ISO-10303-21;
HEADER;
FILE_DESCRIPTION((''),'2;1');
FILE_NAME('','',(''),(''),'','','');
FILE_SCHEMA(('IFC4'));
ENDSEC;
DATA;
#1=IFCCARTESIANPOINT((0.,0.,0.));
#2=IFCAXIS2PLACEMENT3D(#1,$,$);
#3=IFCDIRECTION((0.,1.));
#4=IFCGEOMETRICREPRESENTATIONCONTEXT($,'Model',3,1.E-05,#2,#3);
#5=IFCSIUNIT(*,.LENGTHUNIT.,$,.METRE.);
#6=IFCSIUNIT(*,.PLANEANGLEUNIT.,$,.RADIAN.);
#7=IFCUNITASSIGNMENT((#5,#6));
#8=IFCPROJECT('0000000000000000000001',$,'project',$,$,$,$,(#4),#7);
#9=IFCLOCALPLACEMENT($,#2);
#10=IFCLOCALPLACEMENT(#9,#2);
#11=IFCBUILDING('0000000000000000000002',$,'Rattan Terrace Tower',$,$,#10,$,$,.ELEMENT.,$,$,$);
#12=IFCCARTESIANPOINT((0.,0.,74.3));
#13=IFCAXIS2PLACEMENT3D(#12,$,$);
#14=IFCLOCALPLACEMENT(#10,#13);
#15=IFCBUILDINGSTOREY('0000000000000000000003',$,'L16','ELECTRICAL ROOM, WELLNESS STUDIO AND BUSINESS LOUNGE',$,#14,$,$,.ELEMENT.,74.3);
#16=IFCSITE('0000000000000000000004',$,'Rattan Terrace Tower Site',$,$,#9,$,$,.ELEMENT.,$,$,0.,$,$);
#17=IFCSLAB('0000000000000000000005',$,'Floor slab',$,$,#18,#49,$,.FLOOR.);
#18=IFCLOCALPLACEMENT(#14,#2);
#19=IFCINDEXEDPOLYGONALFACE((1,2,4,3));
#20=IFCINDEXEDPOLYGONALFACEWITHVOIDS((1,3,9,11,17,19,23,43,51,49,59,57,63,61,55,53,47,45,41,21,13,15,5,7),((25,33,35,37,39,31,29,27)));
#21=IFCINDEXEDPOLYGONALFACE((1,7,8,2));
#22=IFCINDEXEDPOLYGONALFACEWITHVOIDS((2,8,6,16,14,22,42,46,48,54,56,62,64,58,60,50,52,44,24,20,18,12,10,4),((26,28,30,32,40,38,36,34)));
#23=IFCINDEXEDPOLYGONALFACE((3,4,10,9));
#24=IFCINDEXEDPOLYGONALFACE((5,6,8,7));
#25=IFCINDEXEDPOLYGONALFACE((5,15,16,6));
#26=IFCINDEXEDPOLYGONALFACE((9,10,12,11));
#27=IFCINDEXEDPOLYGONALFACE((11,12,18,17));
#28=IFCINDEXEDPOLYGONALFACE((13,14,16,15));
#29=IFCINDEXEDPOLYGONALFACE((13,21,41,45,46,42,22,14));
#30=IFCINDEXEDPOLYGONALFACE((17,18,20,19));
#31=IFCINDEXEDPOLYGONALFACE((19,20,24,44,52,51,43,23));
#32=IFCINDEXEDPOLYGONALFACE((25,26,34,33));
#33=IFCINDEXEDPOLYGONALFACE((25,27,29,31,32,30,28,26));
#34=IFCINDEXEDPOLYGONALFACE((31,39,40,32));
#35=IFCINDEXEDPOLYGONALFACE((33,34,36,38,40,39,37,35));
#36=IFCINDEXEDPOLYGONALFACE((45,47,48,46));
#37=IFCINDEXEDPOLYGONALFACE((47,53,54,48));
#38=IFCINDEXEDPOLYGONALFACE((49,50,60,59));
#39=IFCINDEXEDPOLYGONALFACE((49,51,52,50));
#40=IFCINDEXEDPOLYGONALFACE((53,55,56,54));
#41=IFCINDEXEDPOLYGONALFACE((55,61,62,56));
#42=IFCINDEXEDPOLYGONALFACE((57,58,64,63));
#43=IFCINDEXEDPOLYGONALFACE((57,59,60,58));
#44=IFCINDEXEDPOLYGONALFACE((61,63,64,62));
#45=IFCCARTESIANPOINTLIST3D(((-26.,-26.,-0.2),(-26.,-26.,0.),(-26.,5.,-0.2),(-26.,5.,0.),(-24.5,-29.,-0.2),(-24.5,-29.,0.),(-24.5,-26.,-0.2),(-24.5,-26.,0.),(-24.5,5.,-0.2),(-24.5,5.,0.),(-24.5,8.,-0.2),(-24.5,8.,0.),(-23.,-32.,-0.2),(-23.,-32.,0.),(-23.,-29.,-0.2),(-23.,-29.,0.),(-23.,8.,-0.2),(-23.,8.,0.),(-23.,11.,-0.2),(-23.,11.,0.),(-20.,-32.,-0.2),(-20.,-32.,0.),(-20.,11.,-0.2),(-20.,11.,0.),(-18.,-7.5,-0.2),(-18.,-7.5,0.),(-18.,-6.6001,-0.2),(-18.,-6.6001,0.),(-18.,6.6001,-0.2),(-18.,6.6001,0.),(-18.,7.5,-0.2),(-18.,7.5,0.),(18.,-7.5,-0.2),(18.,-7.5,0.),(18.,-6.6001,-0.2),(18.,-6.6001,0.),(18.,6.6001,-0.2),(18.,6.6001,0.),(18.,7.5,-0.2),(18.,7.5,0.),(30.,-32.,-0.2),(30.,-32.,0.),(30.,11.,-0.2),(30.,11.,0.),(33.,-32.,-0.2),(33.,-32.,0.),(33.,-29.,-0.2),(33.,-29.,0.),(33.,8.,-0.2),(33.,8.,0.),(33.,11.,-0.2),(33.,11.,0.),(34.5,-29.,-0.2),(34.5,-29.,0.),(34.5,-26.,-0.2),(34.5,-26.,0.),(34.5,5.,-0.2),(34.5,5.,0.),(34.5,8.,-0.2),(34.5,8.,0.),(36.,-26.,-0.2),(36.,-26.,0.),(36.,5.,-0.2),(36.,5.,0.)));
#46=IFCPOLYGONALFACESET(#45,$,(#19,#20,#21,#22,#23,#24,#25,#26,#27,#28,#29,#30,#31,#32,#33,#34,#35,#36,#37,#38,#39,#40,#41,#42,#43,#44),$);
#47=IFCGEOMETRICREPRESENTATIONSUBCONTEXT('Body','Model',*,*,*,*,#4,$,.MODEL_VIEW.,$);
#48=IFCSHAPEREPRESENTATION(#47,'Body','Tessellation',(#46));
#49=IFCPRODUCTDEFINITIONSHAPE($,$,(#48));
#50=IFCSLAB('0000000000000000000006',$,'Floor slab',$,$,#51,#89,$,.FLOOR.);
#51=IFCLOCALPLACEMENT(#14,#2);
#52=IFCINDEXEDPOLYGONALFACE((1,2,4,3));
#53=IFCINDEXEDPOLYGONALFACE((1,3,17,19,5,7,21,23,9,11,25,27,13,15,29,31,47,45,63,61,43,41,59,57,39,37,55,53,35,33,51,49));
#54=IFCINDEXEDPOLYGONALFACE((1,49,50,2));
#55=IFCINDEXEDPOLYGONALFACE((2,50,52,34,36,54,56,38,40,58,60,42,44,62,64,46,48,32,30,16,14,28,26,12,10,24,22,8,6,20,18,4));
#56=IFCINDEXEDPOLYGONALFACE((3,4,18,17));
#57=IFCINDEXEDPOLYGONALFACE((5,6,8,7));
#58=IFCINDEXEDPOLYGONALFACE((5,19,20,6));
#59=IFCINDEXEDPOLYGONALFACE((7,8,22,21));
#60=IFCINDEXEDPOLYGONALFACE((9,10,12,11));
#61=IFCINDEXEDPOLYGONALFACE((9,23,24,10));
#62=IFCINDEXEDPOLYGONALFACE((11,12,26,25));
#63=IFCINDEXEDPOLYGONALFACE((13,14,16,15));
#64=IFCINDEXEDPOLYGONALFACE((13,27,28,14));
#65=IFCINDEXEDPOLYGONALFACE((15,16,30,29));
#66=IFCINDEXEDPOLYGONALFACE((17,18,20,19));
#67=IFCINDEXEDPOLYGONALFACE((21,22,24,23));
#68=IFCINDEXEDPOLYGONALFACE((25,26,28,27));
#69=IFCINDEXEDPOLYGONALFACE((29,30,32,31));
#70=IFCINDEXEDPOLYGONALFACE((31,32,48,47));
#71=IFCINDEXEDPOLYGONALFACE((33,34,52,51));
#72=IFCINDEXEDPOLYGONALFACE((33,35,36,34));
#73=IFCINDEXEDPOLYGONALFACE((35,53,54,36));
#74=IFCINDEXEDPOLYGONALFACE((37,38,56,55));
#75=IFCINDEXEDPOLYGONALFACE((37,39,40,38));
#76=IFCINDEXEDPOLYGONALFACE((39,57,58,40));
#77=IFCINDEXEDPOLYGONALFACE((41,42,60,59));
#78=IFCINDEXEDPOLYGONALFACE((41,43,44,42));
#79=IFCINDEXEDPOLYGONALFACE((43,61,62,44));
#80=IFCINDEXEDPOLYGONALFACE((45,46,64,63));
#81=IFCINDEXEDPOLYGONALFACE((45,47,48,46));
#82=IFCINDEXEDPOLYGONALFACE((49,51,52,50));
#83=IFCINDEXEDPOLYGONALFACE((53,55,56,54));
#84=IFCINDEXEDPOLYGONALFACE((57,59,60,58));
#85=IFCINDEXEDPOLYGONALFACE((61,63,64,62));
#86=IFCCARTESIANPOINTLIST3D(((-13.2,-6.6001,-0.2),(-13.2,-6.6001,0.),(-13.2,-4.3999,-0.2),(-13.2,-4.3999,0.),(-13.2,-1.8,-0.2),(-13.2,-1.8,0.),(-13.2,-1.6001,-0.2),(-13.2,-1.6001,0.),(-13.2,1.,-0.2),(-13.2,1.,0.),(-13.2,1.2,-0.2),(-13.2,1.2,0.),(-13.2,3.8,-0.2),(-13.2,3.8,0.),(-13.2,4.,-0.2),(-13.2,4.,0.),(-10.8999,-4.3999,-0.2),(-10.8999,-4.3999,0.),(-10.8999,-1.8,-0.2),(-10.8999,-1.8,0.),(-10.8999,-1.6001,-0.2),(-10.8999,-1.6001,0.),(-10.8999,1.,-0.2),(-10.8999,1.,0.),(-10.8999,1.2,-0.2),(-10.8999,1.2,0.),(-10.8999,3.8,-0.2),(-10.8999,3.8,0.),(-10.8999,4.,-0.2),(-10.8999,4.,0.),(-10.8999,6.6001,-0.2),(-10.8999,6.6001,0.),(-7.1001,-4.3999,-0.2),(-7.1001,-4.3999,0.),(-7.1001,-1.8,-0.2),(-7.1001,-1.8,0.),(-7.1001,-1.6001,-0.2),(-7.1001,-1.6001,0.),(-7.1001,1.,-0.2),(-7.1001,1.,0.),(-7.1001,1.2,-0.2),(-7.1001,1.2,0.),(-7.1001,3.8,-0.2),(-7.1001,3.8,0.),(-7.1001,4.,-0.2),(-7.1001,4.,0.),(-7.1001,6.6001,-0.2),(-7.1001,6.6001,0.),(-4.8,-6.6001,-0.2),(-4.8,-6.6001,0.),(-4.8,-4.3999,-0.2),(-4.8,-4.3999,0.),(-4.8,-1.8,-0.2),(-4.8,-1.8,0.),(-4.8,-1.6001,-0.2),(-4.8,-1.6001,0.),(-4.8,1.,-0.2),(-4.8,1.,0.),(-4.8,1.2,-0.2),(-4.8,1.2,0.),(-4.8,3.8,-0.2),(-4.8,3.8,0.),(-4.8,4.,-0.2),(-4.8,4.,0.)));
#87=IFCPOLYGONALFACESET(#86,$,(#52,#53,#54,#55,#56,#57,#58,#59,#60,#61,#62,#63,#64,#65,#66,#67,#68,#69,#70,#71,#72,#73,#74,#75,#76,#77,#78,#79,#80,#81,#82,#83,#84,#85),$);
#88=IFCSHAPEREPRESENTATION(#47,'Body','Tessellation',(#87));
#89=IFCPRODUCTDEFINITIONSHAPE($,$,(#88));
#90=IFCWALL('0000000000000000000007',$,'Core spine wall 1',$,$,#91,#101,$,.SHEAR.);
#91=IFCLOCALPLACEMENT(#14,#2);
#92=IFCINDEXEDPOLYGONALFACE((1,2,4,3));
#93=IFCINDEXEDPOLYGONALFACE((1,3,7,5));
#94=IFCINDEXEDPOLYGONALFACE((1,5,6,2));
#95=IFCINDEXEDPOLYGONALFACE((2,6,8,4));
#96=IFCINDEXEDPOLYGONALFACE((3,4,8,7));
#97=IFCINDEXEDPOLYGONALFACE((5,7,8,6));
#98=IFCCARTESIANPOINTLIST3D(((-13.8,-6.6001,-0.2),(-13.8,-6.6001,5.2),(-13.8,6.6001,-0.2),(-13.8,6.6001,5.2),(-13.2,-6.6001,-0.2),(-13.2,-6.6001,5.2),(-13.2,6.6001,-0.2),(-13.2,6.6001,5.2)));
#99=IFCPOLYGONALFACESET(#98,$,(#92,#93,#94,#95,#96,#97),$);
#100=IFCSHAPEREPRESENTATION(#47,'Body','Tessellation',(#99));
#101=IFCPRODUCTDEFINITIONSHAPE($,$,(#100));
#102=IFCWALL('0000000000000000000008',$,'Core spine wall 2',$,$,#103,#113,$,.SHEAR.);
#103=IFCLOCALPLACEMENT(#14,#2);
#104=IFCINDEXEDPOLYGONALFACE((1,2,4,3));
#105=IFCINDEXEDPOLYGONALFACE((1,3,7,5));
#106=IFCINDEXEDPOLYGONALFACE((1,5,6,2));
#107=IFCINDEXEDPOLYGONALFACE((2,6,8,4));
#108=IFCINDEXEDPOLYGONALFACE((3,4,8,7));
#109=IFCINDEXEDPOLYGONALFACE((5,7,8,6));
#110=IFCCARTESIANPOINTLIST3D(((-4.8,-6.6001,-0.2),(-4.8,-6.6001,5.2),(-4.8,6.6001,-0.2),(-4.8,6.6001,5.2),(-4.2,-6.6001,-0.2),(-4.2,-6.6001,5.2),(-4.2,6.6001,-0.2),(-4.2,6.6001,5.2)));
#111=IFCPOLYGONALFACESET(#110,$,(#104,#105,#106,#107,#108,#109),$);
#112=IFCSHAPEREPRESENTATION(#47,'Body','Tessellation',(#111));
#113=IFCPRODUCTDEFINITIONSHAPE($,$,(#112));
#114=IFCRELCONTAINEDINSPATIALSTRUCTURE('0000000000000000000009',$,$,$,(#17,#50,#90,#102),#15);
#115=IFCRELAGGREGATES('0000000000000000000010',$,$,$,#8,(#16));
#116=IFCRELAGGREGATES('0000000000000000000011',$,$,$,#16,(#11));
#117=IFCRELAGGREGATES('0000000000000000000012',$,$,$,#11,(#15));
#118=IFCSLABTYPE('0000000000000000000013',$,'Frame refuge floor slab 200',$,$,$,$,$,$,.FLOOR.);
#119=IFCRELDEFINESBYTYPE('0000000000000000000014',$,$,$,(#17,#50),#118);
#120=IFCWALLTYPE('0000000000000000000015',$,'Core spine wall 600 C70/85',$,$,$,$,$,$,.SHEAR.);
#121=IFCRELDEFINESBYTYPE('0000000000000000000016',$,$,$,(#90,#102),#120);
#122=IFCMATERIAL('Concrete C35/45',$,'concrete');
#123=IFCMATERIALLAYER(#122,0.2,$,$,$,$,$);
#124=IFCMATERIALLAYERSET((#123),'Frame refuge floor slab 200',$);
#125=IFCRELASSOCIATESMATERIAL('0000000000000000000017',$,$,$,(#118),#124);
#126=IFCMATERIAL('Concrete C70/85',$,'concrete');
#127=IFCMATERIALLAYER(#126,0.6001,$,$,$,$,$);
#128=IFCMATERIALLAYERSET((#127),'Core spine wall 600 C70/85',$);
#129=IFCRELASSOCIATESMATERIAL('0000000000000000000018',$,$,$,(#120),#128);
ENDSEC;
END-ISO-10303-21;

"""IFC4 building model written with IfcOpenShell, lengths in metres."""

from ifc_helpers import new_model, si_unit, direction, frame, frame_2d, origin, place, context, subcontext, project, spatial, polyline, rectangle, outline, extrude, material, layer, layer_set, type_object, element, save


model = new_model("IFC4")

# Units and contexts
model_context = context("Model", 3, precision=1e-05, world=origin(), true_north=direction((0.0, 1.0)))
body_context = subcontext(model_context, "Body", "Model", "MODEL_VIEW")
ifc_project = project(units=[si_unit("LENGTHUNIT", "METRE"), si_unit("PLANEANGLEUNIT", "RADIAN")], contexts=[model_context])

# Site, building, storey
site_placement = place(None, origin())
site = spatial("IfcSite", under=ifc_project, at=site_placement, Name="Rattan Terrace Tower Site", CompositionType="ELEMENT", RefElevation=0.0)
building_placement = place(site_placement, origin())
building = spatial("IfcBuilding", under=site, at=building_placement, Name="Rattan Terrace Tower", CompositionType="ELEMENT")
storey_placement = place(building_placement, frame((0.0, 0.0, 74.3)))
storey = spatial("IfcBuildingStorey", under=building, at=storey_placement, Name="L16", Description="ELECTRICAL ROOM, WELLNESS STUDIO AND BUSINESS LOUNGE", CompositionType="ELEMENT", Elevation=74.3)

# Slabs
ifc_material_1 = material(Name="Concrete C35/45", Category="concrete")
ifc_layer_1 = layer(ifc_material_1, 0.2)
ifc_layer_set_1 = layer_set([ifc_layer_1], Name="Frame refuge floor slab 200")
slab_type = type_object("IfcSlabType", Name="Frame refuge floor slab 200", PredefinedType="FLOOR", material=ifc_layer_set_1)
slab_1_placement = place(storey_placement, frame((0.0, 0.0, -0.2)))
element("IfcSlab", 1, at=slab_1_placement, inside=storey, type_object=slab_type, Name="Floor slab", PredefinedType="FLOOR", context=body_context, shape_type="SweptSolid", body=[
    extrude(outline(polyline([(-20.0, -32.0), (30.0, -32.0), (33.0, -32.0), (33.0, -29.0), (34.5, -29.0), (34.5, -26.0), (36.0, -26.0), (36.0, 5.0), (34.5, 5.0), (34.5, 8.0), (33.0, 8.0), (33.0, 11.0), (30.0, 11.0), (-20.0, 11.0), (-23.0, 11.0), (-23.0, 8.0), (-24.5, 8.0), (-24.5, 5.0), (-26.0, 5.0), (-26.0, -26.0), (-24.5, -26.0), (-24.5, -29.0), (-23.0, -29.0), (-23.0, -32.0), (-20.0, -32.0)]), holes=[polyline([(-18.0, -6.6001), (-18.0, -7.5), (18.0, -7.5), (18.0, -6.6001), (18.0, 6.6001), (18.0, 7.5), (-18.0, 7.5), (-18.0, 6.6001), (-18.0, -6.6001)])]), origin(), (0.0, 0.0, 1.0), 0.2),
])
slab_2_placement = place(storey_placement, frame((0.0, 0.0, -0.2)))
element("IfcSlab", 2, at=slab_2_placement, inside=storey, type_object=slab_type, Name="Floor slab", PredefinedType="FLOOR", context=body_context, shape_type="SweptSolid", body=[
    extrude(outline(polyline([(-10.8999, 6.6001), (-10.8999, 4.0), (-13.2, 4.0), (-13.2, 3.8), (-10.8999, 3.8), (-10.8999, 1.2), (-13.2, 1.2), (-13.2, 1.0), (-10.8999, 1.0), (-10.8999, -1.6001), (-13.2, -1.6001), (-13.2, -1.8), (-10.8999, -1.8), (-10.8999, -4.3999), (-13.2, -4.3999), (-13.2, -6.6001), (-4.8, -6.6001), (-4.8, -4.3999), (-7.1001, -4.3999), (-7.1001, -1.8), (-4.8, -1.8), (-4.8, -1.6001), (-7.1001, -1.6001), (-7.1001, 1.0), (-4.8, 1.0), (-4.8, 1.2), (-7.1001, 1.2), (-7.1001, 3.8), (-4.8, 3.8), (-4.8, 4.0), (-7.1001, 4.0), (-7.1001, 6.6001), (-10.8999, 6.6001)])), origin(), (0.0, 0.0, 1.0), 0.2),
])

# Walls
ifc_material_2 = material(Name="Concrete C70/85", Category="concrete")
ifc_layer_2 = layer(ifc_material_2, 0.6001)
ifc_layer_set_2 = layer_set([ifc_layer_2], Name="Core spine wall 600 C70/85")
wall_type_1 = type_object("IfcWallType", Name="Core spine wall 600 C70/85", PredefinedType="SHEAR", material=ifc_layer_set_2)
for number, where, z_axis, x_axis, name in (
    (3, (-13.5, -6.6001, -0.2), (0.0, 0.0, 1.0), (0.0, 1.0, 0.0), "Core spine wall 1"),
    (4, (-4.5, -6.6001, -0.2), (0.0, 0.0, 1.0), (0.0, 1.0, 0.0), "Core spine wall 2"),
):
    element("IfcWall", number, at=place(storey_placement, frame(where, z_axis=z_axis, x_axis=x_axis)), inside=storey, type_object=wall_type_1, Name=name, PredefinedType="SHEAR", context=body_context, shape_type="SweptSolid", body=[
        extrude(rectangle(XDim=13.2002, YDim=0.6001, at=frame_2d((6.6001, 0.0))), origin(), (0.0, 0.0, 1.0), 5.3999),
    ])

save(model, "model.ifc")
